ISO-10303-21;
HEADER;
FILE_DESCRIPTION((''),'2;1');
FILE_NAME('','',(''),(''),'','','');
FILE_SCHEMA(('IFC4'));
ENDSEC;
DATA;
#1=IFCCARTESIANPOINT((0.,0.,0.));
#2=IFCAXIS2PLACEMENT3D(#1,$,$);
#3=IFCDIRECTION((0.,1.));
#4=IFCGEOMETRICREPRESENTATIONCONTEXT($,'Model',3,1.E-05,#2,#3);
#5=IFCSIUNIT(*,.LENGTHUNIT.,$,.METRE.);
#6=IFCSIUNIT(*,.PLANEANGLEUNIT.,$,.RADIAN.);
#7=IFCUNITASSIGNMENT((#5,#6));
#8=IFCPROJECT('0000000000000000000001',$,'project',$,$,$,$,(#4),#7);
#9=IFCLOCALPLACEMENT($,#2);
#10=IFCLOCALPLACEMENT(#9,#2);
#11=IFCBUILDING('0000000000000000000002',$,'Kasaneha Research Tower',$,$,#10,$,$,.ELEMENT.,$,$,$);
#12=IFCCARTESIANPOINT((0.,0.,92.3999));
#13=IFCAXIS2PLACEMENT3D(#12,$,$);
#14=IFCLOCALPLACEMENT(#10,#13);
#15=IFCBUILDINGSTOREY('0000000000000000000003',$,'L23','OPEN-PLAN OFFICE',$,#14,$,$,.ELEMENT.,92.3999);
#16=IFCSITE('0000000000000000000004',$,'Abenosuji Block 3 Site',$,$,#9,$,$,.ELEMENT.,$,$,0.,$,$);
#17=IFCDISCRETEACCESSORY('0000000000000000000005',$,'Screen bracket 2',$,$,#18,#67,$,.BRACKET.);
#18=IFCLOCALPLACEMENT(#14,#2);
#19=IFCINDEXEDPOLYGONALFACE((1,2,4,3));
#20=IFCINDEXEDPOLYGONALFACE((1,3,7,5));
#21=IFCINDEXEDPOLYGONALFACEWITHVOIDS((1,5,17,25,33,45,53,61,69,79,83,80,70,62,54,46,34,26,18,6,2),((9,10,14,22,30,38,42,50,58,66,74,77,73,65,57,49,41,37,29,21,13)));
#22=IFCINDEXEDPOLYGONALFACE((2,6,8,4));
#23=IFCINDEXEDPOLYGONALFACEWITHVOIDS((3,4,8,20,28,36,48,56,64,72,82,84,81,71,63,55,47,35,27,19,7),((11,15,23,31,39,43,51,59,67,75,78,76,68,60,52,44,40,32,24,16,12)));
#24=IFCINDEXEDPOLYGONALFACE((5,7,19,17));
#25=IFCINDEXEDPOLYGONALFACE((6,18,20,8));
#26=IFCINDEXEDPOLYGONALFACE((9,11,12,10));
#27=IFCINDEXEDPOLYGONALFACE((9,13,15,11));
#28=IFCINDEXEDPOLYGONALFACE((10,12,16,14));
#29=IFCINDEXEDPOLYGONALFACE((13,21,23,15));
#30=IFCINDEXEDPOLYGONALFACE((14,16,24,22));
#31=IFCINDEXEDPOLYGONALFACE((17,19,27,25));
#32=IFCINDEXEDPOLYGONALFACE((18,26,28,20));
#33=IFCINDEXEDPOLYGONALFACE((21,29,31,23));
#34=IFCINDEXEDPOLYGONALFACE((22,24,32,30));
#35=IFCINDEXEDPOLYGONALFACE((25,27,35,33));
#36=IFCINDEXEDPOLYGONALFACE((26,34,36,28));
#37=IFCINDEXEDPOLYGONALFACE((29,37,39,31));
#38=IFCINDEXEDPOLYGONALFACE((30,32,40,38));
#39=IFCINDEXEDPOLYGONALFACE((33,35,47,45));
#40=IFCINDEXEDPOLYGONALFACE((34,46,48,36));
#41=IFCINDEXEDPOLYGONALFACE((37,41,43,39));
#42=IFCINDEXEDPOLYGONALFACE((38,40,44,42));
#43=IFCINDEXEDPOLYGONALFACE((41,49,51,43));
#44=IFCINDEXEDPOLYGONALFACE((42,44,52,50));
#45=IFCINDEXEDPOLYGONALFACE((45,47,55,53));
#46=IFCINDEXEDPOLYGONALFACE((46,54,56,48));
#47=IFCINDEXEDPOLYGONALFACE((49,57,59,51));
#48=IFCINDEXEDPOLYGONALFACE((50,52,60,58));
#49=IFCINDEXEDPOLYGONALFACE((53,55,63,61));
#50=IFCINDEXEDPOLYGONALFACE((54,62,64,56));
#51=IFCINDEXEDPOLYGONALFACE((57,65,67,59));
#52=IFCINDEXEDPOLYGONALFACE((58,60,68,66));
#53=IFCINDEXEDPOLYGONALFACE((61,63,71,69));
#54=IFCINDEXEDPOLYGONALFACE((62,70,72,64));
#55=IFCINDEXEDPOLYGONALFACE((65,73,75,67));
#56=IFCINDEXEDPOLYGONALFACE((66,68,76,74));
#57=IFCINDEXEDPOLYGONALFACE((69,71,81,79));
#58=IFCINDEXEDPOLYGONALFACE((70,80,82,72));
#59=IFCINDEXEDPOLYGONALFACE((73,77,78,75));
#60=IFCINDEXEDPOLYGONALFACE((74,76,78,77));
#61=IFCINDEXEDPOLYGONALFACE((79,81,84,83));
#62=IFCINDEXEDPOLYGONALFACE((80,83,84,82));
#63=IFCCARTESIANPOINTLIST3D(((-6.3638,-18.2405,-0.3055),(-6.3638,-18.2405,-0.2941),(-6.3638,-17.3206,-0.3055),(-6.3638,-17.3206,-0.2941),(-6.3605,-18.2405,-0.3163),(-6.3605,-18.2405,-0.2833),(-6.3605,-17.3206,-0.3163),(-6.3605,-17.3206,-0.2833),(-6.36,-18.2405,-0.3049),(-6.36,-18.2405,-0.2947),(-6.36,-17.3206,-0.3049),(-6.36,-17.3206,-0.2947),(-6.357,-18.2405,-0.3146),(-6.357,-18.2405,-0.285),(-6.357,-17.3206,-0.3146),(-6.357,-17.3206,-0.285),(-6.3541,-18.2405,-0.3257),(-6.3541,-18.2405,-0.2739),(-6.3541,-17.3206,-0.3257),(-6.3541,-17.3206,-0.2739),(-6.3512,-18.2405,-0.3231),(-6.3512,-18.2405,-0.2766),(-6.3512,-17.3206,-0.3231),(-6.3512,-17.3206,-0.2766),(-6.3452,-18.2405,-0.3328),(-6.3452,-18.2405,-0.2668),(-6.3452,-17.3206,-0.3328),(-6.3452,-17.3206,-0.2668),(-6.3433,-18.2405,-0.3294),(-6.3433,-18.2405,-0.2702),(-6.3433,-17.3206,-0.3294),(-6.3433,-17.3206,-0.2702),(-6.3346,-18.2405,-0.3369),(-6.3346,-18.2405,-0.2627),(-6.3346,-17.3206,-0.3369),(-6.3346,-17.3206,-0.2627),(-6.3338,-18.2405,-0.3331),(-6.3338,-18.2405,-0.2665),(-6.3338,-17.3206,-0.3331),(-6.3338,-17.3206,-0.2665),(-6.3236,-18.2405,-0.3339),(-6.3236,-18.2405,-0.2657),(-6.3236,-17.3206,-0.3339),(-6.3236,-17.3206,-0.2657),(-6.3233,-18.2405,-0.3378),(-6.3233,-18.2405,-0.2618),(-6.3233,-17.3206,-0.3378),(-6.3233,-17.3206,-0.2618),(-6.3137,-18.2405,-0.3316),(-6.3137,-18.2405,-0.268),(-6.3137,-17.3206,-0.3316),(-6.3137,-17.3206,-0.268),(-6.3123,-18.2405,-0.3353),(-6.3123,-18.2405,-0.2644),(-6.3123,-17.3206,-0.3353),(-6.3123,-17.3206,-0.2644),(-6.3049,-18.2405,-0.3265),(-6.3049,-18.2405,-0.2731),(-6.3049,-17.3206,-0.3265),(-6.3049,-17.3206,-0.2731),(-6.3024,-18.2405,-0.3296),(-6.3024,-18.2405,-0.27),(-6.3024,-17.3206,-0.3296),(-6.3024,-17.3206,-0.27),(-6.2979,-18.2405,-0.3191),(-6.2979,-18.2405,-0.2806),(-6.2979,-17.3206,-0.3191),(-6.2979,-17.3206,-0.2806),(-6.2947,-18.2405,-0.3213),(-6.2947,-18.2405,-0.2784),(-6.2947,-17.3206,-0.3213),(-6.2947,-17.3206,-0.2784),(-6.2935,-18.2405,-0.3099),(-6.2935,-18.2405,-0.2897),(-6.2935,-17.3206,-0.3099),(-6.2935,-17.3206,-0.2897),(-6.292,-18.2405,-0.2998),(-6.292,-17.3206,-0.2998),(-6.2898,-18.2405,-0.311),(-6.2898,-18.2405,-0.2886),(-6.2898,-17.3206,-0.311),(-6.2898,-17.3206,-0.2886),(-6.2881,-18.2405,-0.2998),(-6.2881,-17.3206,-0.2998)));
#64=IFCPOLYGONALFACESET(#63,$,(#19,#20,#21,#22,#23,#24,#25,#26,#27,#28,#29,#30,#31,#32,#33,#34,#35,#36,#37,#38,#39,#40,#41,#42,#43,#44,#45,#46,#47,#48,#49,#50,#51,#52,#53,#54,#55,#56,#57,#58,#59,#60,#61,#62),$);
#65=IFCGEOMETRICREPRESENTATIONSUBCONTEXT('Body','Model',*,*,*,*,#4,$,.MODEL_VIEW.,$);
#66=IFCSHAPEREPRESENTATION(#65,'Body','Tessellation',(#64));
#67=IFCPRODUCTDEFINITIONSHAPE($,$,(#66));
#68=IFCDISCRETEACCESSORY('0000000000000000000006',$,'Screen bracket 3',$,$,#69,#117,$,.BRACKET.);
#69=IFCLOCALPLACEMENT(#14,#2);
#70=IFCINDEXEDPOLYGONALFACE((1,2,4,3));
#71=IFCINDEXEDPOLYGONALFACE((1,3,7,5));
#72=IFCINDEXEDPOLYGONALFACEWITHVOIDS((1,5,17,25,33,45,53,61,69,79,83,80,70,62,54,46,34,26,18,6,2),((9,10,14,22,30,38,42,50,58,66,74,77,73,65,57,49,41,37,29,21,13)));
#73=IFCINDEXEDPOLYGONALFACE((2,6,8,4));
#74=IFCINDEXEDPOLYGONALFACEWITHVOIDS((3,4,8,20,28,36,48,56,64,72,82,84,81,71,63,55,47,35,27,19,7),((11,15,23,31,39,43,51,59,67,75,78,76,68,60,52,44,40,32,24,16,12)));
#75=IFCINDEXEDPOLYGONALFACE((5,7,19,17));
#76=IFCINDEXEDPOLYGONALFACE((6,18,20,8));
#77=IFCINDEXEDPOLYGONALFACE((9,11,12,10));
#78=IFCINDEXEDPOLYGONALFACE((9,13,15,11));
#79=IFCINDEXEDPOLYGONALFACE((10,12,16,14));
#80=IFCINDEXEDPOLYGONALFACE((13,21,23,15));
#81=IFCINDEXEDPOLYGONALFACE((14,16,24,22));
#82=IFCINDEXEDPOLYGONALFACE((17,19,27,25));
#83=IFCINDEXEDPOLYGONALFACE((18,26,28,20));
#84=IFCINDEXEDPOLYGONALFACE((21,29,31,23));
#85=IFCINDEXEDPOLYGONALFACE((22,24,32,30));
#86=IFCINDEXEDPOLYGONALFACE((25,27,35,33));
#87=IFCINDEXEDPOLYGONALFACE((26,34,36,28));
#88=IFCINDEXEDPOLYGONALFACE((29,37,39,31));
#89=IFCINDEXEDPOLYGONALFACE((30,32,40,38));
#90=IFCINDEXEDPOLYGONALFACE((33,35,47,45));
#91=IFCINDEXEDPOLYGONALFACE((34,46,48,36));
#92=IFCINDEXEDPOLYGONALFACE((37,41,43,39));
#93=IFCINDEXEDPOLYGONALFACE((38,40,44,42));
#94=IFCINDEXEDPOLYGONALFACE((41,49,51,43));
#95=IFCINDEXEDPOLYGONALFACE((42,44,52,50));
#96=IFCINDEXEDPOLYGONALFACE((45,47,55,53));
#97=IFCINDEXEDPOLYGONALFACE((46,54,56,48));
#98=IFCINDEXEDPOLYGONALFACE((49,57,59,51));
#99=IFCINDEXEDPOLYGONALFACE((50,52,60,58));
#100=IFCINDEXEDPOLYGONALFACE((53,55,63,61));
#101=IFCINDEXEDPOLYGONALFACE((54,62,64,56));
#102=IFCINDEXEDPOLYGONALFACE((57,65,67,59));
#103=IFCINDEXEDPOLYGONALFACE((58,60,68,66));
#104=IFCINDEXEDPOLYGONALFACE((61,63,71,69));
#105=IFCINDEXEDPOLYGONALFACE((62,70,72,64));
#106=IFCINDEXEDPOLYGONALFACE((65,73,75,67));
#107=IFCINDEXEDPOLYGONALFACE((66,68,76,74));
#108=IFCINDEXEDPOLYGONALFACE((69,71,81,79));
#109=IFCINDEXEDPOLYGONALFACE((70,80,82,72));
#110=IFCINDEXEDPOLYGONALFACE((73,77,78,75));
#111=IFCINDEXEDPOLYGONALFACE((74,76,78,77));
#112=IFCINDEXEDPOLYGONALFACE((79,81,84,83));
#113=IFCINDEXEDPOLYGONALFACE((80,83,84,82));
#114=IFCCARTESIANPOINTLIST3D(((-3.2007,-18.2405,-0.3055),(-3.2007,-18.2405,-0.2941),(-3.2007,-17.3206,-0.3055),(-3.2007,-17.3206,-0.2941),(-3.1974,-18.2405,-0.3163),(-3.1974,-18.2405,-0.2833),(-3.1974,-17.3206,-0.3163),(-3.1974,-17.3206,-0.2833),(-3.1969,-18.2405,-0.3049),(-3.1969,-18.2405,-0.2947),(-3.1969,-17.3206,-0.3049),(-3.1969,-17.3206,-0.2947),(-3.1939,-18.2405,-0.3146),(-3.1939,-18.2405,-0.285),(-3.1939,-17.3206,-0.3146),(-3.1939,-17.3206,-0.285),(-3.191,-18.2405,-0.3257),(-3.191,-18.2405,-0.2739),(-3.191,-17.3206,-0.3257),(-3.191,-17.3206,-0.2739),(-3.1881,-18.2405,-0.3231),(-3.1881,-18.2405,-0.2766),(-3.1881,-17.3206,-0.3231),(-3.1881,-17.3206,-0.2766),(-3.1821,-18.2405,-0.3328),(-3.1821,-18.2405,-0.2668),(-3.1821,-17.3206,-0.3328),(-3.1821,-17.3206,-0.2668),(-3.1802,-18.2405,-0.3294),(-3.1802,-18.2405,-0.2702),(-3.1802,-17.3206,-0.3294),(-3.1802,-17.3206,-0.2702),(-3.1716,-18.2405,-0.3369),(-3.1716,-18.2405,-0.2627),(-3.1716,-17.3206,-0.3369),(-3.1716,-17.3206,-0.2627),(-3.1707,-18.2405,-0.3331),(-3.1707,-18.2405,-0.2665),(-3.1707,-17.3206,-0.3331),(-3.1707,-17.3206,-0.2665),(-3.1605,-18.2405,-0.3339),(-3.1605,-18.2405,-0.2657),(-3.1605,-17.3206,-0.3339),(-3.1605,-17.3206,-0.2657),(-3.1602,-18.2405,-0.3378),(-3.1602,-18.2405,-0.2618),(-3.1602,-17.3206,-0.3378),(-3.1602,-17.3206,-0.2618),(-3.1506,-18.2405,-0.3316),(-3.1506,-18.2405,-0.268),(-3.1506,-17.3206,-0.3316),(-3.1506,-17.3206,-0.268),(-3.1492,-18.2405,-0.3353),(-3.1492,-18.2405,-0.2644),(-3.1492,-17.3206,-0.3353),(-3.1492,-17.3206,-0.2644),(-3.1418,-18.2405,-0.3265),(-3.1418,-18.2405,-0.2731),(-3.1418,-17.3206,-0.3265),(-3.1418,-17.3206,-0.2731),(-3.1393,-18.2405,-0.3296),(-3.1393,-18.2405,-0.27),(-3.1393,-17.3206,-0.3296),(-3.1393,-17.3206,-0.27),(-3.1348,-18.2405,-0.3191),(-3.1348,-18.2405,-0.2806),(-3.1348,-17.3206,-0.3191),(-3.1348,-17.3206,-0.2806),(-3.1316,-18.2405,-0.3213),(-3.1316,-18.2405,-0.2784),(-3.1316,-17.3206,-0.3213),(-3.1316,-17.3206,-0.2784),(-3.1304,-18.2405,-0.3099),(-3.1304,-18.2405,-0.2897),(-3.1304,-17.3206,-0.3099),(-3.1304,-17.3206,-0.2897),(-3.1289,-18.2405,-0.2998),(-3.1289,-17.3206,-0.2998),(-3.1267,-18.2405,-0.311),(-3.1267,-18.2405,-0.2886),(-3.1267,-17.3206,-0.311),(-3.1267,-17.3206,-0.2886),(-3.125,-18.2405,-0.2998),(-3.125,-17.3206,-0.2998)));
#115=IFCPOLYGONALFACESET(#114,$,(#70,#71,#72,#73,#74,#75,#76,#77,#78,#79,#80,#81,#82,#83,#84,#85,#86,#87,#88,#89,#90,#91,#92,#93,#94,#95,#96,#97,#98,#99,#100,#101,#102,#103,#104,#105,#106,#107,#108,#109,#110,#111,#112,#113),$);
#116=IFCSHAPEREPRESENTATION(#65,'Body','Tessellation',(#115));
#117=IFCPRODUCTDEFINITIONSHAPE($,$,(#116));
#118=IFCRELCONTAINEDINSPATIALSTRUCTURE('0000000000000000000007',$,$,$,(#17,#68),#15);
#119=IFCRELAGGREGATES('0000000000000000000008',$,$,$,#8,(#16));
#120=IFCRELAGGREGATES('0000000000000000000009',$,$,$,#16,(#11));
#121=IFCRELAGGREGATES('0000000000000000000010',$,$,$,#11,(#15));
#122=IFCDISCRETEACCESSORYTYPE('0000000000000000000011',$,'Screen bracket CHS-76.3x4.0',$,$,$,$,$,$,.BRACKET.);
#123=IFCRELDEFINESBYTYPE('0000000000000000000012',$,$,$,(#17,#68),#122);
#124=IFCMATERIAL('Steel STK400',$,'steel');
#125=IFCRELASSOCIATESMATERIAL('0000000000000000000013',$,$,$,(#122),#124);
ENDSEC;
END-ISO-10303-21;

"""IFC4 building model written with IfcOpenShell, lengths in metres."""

from ifc_helpers import new_model, si_unit, direction, frame, origin, origin_2d, place, context, subcontext, project, spatial, hollow_circle, extrude, material, material_profile, profile_set, type_object, element, save


model = new_model("IFC4")

# Units and contexts
model_context = context("Model", 3, precision=1e-05, world=origin(), true_north=direction((0.0, 1.0)))
body_context = subcontext(model_context, "Body", "Model", "MODEL_VIEW")
ifc_project = project(units=[si_unit("LENGTHUNIT", "METRE"), si_unit("PLANEANGLEUNIT", "RADIAN")], contexts=[model_context])

# Site, building, storey
site_placement = place(None, origin())
site = spatial("IfcSite", under=ifc_project, at=site_placement, Name="Abenosuji Block 3 Site", CompositionType="ELEMENT", RefElevation=0.0)
building_placement = place(site_placement, origin())
building = spatial("IfcBuilding", under=site, at=building_placement, Name="Kasaneha Research Tower", CompositionType="ELEMENT")
storey_placement = place(building_placement, frame((0.0, 0.0, 92.3999)))
storey = spatial("IfcBuildingStorey", under=building, at=storey_placement, Name="L23", Description="OPEN-PLAN OFFICE", CompositionType="ELEMENT", Elevation=92.3999)

# Discrete accessories
ifc_material_1 = material(Name="Steel STK400", Category="steel")
ifc_material_profile_1 = material_profile(ifc_material_1, hollow_circle(Radius=0.0381, WallThickness=0.0039, at=origin_2d()), Name="CHS-76.3x4.0")
ifc_profile_set_1 = profile_set([ifc_material_profile_1], Name="Steel STK400")
discrete_accessory_type = type_object("IfcDiscreteAccessoryType", Name="Screen bracket CHS-76.3x4.0", PredefinedType="BRACKET", material=ifc_profile_set_1)
for number, where, z_axis, x_axis, name in (
    (1, (-6.3262, -17.3206, -0.2998), (0.0, -1.0, 0.0), (1.0, 0.0, 0.0), "Screen bracket 2"),
    (2, (-3.1631, -17.3206, -0.2998), (0.0, -1.0, 0.0), (1.0, 0.0, 0.0), "Screen bracket 3"),
):
    element("IfcDiscreteAccessory", number, at=place(storey_placement, frame(where, z_axis=z_axis, x_axis=x_axis)), inside=storey, type_object=discrete_accessory_type, Name=name, PredefinedType="BRACKET", context=body_context, shape_type="SweptSolid", body=[
        extrude(hollow_circle(Radius=0.0381, WallThickness=0.0039, at=origin_2d()), origin(), (0.0, 0.0, 1.0), 0.9199),
    ])

save(model, "model.ifc")
